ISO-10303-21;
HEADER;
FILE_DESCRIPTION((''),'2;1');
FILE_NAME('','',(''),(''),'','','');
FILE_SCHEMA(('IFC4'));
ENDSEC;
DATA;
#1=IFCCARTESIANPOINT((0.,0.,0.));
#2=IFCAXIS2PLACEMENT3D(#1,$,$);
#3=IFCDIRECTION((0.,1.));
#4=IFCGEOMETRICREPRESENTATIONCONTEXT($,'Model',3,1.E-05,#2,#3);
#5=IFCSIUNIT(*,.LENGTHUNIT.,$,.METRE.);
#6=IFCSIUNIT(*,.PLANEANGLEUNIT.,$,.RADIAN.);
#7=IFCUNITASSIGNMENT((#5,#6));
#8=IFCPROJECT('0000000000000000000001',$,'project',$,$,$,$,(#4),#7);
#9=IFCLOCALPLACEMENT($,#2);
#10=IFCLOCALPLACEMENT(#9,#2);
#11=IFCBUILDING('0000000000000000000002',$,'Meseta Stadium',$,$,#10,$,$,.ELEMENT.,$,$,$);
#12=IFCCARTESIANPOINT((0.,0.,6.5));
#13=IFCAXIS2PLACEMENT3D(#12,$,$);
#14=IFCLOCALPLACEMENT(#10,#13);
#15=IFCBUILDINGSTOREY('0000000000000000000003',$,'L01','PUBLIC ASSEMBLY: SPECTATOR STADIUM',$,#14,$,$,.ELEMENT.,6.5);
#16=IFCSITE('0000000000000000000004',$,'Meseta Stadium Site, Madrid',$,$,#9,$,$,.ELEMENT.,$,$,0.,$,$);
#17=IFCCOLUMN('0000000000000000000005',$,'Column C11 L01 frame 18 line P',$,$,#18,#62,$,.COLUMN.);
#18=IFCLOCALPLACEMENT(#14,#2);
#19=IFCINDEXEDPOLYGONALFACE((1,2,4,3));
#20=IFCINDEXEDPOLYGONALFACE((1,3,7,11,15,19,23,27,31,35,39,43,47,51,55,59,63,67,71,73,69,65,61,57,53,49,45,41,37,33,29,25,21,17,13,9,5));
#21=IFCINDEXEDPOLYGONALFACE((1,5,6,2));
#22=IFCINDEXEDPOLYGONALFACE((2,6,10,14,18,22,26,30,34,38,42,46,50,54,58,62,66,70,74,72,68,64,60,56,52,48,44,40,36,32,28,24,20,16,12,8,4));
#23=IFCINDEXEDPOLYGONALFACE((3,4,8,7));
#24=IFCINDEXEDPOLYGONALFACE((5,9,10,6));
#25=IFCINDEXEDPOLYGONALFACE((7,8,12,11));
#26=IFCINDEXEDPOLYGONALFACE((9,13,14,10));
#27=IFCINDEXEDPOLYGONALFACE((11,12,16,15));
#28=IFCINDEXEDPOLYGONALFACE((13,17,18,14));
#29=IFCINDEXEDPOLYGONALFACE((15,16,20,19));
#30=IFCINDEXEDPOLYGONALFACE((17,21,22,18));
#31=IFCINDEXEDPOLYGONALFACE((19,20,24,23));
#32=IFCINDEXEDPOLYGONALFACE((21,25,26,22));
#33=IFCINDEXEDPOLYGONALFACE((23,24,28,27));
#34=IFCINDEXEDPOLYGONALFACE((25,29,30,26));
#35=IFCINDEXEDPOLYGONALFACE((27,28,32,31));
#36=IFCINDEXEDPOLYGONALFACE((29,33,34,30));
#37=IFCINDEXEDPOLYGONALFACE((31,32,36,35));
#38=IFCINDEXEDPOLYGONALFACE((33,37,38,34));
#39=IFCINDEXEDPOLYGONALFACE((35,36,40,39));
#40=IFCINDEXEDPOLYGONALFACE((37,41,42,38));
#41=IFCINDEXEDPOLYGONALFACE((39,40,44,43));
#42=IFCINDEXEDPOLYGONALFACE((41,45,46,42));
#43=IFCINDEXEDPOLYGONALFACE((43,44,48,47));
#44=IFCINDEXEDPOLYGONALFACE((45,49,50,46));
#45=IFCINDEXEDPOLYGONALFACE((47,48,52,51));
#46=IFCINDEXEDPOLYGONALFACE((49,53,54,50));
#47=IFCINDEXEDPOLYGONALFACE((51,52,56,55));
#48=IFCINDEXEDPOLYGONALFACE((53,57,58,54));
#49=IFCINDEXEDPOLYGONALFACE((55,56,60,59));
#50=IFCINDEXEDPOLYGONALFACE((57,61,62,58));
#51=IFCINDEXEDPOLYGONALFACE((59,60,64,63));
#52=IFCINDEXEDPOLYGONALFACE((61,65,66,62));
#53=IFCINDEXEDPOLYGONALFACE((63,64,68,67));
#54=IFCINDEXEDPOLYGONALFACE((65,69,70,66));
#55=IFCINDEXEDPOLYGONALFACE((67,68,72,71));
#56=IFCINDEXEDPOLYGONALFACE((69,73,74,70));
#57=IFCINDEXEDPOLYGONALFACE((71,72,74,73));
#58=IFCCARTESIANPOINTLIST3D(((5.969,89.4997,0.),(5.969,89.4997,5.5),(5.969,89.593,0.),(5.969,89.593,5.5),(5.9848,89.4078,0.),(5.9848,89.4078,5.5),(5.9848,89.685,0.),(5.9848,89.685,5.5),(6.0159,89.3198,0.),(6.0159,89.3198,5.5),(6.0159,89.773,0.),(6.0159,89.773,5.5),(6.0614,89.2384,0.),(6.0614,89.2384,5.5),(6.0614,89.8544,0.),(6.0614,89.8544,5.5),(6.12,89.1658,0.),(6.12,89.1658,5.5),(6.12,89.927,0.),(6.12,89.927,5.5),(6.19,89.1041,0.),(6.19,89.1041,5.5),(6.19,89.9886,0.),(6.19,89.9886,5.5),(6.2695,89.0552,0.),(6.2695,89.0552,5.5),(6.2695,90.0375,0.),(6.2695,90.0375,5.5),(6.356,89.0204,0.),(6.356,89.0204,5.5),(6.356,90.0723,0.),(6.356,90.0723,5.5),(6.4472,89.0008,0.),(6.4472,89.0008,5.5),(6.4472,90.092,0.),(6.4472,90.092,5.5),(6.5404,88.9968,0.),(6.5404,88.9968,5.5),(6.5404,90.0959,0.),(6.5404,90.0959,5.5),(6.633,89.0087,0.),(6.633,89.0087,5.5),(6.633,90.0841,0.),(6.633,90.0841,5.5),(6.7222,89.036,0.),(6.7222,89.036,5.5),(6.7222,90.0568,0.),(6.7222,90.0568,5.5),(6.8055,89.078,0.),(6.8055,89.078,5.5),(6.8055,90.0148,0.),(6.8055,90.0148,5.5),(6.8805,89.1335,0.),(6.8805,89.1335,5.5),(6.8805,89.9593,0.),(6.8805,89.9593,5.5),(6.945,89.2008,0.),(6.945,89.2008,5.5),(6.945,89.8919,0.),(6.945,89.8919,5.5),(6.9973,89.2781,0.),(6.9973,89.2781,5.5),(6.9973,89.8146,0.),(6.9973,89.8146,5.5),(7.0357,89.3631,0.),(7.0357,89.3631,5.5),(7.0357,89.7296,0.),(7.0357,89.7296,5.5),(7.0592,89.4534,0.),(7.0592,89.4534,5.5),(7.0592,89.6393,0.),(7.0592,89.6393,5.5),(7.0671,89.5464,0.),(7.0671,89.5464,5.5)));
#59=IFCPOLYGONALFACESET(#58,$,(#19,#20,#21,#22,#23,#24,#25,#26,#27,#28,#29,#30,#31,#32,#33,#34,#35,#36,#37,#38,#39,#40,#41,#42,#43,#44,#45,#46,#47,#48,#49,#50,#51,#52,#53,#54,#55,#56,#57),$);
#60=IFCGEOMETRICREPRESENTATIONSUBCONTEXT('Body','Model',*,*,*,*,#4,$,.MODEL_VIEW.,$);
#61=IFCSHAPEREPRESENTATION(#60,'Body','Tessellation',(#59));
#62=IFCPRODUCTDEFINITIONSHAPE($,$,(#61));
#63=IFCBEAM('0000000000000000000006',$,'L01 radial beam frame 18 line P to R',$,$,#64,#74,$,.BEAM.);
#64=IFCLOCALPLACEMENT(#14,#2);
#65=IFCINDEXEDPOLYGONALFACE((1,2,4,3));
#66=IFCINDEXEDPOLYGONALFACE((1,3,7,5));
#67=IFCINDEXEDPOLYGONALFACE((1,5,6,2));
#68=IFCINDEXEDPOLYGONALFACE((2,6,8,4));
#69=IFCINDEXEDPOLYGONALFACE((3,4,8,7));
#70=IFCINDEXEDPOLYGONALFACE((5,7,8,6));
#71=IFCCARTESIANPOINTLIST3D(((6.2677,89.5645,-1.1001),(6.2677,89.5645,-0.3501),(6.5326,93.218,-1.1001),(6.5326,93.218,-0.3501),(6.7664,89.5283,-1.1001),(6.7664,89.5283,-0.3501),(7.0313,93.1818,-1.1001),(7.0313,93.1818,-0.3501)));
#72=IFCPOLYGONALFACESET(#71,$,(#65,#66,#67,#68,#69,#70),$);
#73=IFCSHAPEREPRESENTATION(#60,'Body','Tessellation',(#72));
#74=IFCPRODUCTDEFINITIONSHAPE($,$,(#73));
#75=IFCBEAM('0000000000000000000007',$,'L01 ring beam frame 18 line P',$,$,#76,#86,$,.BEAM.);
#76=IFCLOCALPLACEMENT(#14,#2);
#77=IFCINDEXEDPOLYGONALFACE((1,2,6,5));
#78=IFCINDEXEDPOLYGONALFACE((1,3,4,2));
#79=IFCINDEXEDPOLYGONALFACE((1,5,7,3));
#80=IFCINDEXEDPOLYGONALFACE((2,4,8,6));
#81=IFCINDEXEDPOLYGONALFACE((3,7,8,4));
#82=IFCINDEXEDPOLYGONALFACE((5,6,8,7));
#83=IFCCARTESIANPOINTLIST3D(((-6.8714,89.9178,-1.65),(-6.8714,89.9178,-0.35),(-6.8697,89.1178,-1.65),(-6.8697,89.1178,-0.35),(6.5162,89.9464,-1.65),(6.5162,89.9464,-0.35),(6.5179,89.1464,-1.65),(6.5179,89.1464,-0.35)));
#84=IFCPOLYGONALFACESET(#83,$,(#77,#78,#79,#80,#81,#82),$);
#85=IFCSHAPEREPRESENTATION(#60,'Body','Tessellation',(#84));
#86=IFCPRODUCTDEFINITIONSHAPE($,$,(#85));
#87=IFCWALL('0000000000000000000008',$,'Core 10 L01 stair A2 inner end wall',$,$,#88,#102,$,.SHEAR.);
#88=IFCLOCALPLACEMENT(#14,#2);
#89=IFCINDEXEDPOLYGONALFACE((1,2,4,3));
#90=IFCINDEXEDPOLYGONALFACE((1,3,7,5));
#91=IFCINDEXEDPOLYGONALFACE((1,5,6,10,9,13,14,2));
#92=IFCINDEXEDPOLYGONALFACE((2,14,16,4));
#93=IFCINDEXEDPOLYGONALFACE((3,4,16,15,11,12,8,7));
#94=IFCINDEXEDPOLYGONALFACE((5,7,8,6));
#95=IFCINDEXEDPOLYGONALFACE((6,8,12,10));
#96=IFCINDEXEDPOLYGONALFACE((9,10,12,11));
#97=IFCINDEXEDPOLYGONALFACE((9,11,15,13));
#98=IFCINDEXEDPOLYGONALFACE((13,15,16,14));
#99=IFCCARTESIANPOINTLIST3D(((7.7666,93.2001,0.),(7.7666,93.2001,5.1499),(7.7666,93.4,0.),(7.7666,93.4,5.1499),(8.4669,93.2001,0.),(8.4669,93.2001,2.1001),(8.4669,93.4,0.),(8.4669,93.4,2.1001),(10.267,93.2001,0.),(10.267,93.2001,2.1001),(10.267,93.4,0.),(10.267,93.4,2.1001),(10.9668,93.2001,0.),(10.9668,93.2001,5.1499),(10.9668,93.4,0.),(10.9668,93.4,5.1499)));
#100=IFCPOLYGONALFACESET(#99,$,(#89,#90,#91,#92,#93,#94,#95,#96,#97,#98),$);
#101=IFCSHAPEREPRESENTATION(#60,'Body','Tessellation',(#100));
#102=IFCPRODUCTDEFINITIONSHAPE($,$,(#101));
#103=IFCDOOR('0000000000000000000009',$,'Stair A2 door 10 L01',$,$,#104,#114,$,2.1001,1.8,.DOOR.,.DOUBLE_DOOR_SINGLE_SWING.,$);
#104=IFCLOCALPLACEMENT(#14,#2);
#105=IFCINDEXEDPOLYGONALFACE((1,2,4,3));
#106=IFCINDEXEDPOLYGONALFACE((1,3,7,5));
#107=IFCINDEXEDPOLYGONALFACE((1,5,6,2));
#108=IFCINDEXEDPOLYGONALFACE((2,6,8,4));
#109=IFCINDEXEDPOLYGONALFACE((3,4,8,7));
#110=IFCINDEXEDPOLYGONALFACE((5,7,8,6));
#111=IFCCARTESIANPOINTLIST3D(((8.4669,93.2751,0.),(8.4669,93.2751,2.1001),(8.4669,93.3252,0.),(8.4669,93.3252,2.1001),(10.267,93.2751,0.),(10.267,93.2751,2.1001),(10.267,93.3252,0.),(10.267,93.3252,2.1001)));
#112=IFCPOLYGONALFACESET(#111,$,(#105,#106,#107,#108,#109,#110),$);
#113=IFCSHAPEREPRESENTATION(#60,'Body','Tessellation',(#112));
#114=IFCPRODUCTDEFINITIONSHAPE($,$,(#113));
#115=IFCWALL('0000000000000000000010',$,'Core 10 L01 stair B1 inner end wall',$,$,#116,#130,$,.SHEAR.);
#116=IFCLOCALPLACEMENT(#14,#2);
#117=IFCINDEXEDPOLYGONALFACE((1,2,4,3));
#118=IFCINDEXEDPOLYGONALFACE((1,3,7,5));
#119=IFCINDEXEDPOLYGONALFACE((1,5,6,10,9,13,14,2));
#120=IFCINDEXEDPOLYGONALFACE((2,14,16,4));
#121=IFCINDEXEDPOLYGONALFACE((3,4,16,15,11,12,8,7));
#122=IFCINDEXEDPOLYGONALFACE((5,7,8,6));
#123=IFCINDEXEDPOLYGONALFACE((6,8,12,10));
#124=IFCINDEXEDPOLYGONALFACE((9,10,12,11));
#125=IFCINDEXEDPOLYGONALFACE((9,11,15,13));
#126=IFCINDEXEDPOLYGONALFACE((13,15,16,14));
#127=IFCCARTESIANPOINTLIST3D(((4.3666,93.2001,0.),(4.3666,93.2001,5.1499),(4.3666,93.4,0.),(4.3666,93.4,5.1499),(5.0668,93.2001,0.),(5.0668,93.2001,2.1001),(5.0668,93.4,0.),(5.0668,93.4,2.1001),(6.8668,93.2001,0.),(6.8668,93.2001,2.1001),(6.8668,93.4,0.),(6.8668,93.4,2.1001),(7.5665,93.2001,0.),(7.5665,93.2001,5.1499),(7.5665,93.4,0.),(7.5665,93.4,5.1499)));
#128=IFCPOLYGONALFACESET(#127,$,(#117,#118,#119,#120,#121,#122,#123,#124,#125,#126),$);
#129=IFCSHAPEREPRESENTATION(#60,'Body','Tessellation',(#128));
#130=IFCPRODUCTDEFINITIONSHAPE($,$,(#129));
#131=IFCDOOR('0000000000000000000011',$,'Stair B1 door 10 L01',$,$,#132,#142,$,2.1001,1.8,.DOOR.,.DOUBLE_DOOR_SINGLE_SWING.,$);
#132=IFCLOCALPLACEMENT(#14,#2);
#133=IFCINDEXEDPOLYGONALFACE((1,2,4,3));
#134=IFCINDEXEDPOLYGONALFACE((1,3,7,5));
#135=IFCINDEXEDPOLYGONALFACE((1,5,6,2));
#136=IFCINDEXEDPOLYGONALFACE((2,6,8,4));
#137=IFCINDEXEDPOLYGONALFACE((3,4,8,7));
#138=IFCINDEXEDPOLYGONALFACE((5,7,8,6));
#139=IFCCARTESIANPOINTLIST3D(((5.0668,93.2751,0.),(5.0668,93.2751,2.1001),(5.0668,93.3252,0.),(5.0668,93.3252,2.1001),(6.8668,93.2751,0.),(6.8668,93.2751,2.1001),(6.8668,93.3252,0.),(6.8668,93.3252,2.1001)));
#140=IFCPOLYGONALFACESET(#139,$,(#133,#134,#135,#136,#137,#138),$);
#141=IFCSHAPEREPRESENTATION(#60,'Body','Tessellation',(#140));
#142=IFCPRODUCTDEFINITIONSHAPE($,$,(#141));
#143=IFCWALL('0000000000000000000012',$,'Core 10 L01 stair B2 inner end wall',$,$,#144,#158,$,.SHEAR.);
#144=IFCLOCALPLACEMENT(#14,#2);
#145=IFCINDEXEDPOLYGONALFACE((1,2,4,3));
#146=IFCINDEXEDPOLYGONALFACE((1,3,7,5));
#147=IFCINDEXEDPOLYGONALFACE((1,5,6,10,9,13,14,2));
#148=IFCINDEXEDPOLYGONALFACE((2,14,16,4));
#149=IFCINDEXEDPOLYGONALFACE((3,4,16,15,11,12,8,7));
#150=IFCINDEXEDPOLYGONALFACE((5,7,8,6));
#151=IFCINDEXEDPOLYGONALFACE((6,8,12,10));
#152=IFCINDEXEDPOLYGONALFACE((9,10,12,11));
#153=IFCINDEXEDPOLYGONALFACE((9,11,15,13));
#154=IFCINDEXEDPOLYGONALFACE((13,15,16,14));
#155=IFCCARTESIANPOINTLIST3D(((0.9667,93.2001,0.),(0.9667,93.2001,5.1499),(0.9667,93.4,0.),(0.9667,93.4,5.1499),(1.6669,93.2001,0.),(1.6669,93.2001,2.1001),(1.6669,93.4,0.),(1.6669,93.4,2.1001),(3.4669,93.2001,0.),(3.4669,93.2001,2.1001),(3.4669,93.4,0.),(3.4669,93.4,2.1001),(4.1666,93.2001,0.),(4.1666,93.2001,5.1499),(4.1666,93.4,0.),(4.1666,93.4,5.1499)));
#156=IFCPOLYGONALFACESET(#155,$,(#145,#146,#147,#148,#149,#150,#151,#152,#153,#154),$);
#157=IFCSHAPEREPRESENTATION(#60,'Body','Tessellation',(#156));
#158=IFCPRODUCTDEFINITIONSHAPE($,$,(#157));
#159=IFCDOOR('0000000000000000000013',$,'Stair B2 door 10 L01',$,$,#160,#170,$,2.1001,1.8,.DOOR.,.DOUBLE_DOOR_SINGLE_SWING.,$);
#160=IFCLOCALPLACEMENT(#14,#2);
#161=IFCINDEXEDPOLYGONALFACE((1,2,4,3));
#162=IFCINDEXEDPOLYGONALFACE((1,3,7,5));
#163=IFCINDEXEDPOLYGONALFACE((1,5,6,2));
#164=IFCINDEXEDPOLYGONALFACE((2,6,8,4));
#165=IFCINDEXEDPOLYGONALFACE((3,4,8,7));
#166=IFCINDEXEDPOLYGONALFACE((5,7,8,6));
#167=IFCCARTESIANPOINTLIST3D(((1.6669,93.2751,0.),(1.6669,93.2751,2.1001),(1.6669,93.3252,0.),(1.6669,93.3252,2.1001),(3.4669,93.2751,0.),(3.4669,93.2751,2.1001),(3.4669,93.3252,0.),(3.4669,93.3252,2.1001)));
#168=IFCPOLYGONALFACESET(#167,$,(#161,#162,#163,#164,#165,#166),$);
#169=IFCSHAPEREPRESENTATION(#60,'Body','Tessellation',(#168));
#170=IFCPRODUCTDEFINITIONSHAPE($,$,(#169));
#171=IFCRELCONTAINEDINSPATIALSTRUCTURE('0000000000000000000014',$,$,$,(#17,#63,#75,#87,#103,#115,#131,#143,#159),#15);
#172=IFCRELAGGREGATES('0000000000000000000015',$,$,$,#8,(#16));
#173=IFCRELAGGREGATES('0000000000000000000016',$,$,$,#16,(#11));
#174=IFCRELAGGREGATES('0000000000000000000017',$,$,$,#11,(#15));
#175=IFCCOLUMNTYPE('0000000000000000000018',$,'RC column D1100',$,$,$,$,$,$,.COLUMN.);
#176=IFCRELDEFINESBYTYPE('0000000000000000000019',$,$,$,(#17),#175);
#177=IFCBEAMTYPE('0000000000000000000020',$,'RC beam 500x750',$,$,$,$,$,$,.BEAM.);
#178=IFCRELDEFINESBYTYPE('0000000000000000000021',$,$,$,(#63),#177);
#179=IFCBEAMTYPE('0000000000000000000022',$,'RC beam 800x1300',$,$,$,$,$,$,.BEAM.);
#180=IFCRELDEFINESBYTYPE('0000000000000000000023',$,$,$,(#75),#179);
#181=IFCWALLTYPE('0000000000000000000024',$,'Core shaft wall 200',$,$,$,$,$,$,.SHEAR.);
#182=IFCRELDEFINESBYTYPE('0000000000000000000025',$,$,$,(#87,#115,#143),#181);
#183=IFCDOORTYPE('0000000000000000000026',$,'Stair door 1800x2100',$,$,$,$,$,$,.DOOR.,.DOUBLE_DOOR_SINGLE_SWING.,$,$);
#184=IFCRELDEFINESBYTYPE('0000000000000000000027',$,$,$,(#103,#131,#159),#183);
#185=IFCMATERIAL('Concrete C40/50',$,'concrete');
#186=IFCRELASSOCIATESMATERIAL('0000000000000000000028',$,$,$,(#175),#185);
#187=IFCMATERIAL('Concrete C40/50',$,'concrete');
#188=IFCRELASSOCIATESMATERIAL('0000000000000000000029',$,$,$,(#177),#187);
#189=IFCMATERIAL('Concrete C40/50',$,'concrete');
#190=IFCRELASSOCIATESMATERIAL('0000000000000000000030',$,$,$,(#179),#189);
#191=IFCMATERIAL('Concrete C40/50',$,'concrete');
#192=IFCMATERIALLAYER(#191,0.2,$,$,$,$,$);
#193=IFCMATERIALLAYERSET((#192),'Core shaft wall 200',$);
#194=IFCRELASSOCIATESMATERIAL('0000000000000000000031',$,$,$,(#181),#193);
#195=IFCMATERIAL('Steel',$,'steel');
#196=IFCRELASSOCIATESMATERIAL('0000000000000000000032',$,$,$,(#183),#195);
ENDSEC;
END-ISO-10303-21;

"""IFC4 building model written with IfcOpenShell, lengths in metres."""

from ifc_helpers import new_model, si_unit, direction, frame, frame_2d, origin, origin_2d, place, context, subcontext, project, spatial, rectangle, circle, extrude, material, layer, layer_set, material_profile, profile_set, type_object, element, fill, save


model = new_model("IFC4")

# Units and contexts
model_context = context("Model", 3, precision=1e-05, world=origin(), true_north=direction((0.0, 1.0)))
body_context = subcontext(model_context, "Body", "Model", "MODEL_VIEW")
ifc_project = project(units=[si_unit("LENGTHUNIT", "METRE"), si_unit("PLANEANGLEUNIT", "RADIAN")], contexts=[model_context])

# Site, building, storey
site_placement = place(None, origin())
site = spatial("IfcSite", under=ifc_project, at=site_placement, Name="Meseta Stadium Site, Madrid", CompositionType="ELEMENT", RefElevation=0.0)
building_placement = place(site_placement, origin())
building = spatial("IfcBuilding", under=site, at=building_placement, Name="Meseta Stadium", CompositionType="ELEMENT")
storey_placement = place(building_placement, frame((0.0, 0.0, 6.5)))
storey = spatial("IfcBuildingStorey", under=building, at=storey_placement, Name="L01", Description="PUBLIC ASSEMBLY: SPECTATOR STADIUM", CompositionType="ELEMENT", Elevation=6.5)

# Column
ifc_material_1 = material(Name="Concrete C40/50", Category="concrete")
ifc_material_profile_1 = material_profile(ifc_material_1, circle(Radius=0.55, at=origin_2d()), Name="RC D1100")
ifc_profile_set_1 = profile_set([ifc_material_profile_1], Name="Concrete C40/50")
column_type = type_object("IfcColumnType", Name="RC column D1100", PredefinedType="COLUMN", material=ifc_profile_set_1)
column_placement = place(storey_placement, frame((6.5171, 89.5464, 0.0), z_axis=(0.0, 0.0, 1.0), x_axis=(1.0, 0.0, 0.0)))
element("IfcColumn", 1, at=column_placement, inside=storey, type_object=column_type, Name="Column C11 L01 frame 18 line P", PredefinedType="COLUMN", context=body_context, shape_type="SweptSolid", body=[
    extrude(circle(Radius=0.55, at=origin_2d()), origin(), (0.0, 0.0, 1.0), 5.5),
])

# Beams
ifc_material_2 = material(Name="Concrete C40/50", Category="concrete")
ifc_material_profile_2 = material_profile(ifc_material_2, rectangle(XDim=0.5, YDim=0.75, at=origin_2d()), Name="RC 500x750")
ifc_profile_set_2 = profile_set([ifc_material_profile_2], Name="Concrete C40/50")
beam_type_1 = type_object("IfcBeamType", Name="RC beam 500x750", PredefinedType="BEAM", material=ifc_profile_set_2)
beam_1_placement = place(storey_placement, frame((6.5171, 89.5464, -0.7251), z_axis=(0.072313, 0.997382, 0.0), x_axis=(-0.997382, 0.072313, 0.0)))
element("IfcBeam", 2, at=beam_1_placement, inside=storey, type_object=beam_type_1, Name="L01 radial beam frame 18 line P to R", PredefinedType="BEAM", context=body_context, shape_type="SweptSolid", body=[
    extrude(rectangle(XDim=0.5, YDim=0.75, at=origin_2d()), origin(), (0.0, 0.0, 1.0), 3.6631),
])
ifc_material_3 = material(Name="Concrete C40/50", Category="concrete")
ifc_material_profile_3 = material_profile(ifc_material_3, rectangle(XDim=0.8, YDim=1.3, at=origin_2d()), Name="RC 800x1300")
ifc_profile_set_3 = profile_set([ifc_material_profile_3], Name="Concrete C40/50")
beam_type_2 = type_object("IfcBeamType", Name="RC beam 800x1300", PredefinedType="BEAM", material=ifc_profile_set_3)
beam_2_placement = place(storey_placement, frame((6.5171, 89.5464, -1.0), z_axis=(-0.999998, -0.002134, 0.0), x_axis=(0.002134, -0.999998, 0.0)))
element("IfcBeam", 3, at=beam_2_placement, inside=storey, type_object=beam_type_2, Name="L01 ring beam frame 18 line P", PredefinedType="BEAM", context=body_context, shape_type="SweptSolid", body=[
    extrude(rectangle(XDim=0.8, YDim=1.3, at=origin_2d()), origin(), (0.0, 0.0, 1.0), 13.3877),
])

# Walls, openings, doors
ifc_material_4 = material(Name="Concrete C40/50", Category="concrete")
ifc_layer_1 = layer(ifc_material_4, 0.2)
ifc_layer_set_1 = layer_set([ifc_layer_1], Name="Core shaft wall 200")
wall_type_1 = type_object("IfcWallType", Name="Core shaft wall 200", PredefinedType="SHEAR", material=ifc_layer_set_1)
wall_1_placement = place(storey_placement, frame((10.9668, 93.3, 0.0), z_axis=(0.0, 0.0, 1.0), x_axis=(-1.0, 0.0, 0.0)))
wall_1 = element("IfcWall", 4, at=wall_1_placement, inside=storey, type_object=wall_type_1, Name="Core 10 L01 stair A2 inner end wall", PredefinedType="SHEAR", context=body_context, shape_type="SweptSolid", body=[
    extrude(rectangle(XDim=3.2002, YDim=0.2, at=frame_2d((1.6001, 0.0))), origin(), (0.0, 0.0, 1.0), 5.1499),
])
opening_1_placement = place(wall_1_placement, frame((0.7, 0.0, 0.0)))
opening_1 = element("IfcOpeningElement", 5, at=opening_1_placement, cuts=wall_1, PredefinedType="OPENING", context=body_context, shape_type="SweptSolid", body=[
    extrude(rectangle(XDim=1.8, YDim=2.1001, at=frame_2d((0.8999, 1.05))), frame((0.0, 0.1099, 0.0), z_axis=(0.0, -1.0, 0.0), x_axis=(1.0, 0.0, 0.0)), (0.0, 0.0, 1.0), 0.22),
])
ifc_material_5 = material(Name="Steel", Category="steel")
door_type_1 = type_object("IfcDoorType", Name="Stair door 1800x2100", OperationType="DOUBLE_DOOR_SINGLE_SWING", PredefinedType="DOOR", material=ifc_material_5)
door_1_placement = place(opening_1_placement, origin())
door_1 = element("IfcDoor", 6, at=door_1_placement, inside=storey, type_object=door_type_1, Name="Stair A2 door 10 L01", OperationType="DOUBLE_DOOR_SINGLE_SWING", OverallHeight=2.1001, OverallWidth=1.8, PredefinedType="DOOR", context=body_context, shape_type="SweptSolid", body=[
    extrude(rectangle(XDim=1.8, YDim=2.1001, at=frame_2d((0.8999, 1.05))), frame((0.0, 0.0249, 0.0), z_axis=(0.0, -1.0, 0.0), x_axis=(1.0, 0.0, 0.0)), (0.0, 0.0, 1.0), 0.05),
])
fill(opening_1, door_1)
wall_2_placement = place(storey_placement, frame((7.5667, 93.3, 0.0), z_axis=(0.0, 0.0, 1.0), x_axis=(-1.0, 0.0, 0.0)))
wall_2 = element("IfcWall", 7, at=wall_2_placement, inside=storey, type_object=wall_type_1, Name="Core 10 L01 stair B1 inner end wall", PredefinedType="SHEAR", context=body_context, shape_type="SweptSolid", body=[
    extrude(rectangle(XDim=3.2, YDim=0.2, at=frame_2d((1.6001, 0.0))), origin(), (0.0, 0.0, 1.0), 5.1499),
])
opening_2_placement = place(wall_2_placement, frame((0.7, 0.0, 0.0)))
opening_2 = element("IfcOpeningElement", 8, at=opening_2_placement, cuts=wall_2, PredefinedType="OPENING", context=body_context, shape_type="SweptSolid", body=[
    extrude(rectangle(XDim=1.8, YDim=2.1001, at=frame_2d((0.8999, 1.05))), frame((0.0, 0.1099, 0.0), z_axis=(0.0, -1.0, 0.0), x_axis=(1.0, 0.0, 0.0)), (0.0, 0.0, 1.0), 0.22),
])
door_2_placement = place(opening_2_placement, origin())
door_2 = element("IfcDoor", 9, at=door_2_placement, inside=storey, type_object=door_type_1, Name="Stair B1 door 10 L01", OperationType="DOUBLE_DOOR_SINGLE_SWING", OverallHeight=2.1001, OverallWidth=1.8, PredefinedType="DOOR", context=body_context, shape_type="SweptSolid", body=[
    extrude(rectangle(XDim=1.8, YDim=2.1001, at=frame_2d((0.8999, 1.05))), frame((0.0, 0.0249, 0.0), z_axis=(0.0, -1.0, 0.0), x_axis=(1.0, 0.0, 0.0)), (0.0, 0.0, 1.0), 0.05),
])
fill(opening_2, door_2)
wall_3_placement = place(storey_placement, frame((4.1667, 93.3, 0.0), z_axis=(0.0, 0.0, 1.0), x_axis=(-1.0, 0.0, 0.0)))
wall_3 = element("IfcWall", 10, at=wall_3_placement, inside=storey, type_object=wall_type_1, Name="Core 10 L01 stair B2 inner end wall", PredefinedType="SHEAR", context=body_context, shape_type="SweptSolid", body=[
    extrude(rectangle(XDim=3.2, YDim=0.2, at=frame_2d((1.6001, 0.0))), origin(), (0.0, 0.0, 1.0), 5.1499),
])
opening_3_placement = place(wall_3_placement, frame((0.7, 0.0, 0.0)))
opening_3 = element("IfcOpeningElement", 11, at=opening_3_placement, cuts=wall_3, PredefinedType="OPENING", context=body_context, shape_type="SweptSolid", body=[
    extrude(rectangle(XDim=1.8, YDim=2.1001, at=frame_2d((0.8999, 1.05))), frame((0.0, 0.1099, 0.0), z_axis=(0.0, -1.0, 0.0), x_axis=(1.0, 0.0, 0.0)), (0.0, 0.0, 1.0), 0.22),
])
door_3_placement = place(opening_3_placement, origin())
door_3 = element("IfcDoor", 12, at=door_3_placement, inside=storey, type_object=door_type_1, Name="Stair B2 door 10 L01", OperationType="DOUBLE_DOOR_SINGLE_SWING", OverallHeight=2.1001, OverallWidth=1.8, PredefinedType="DOOR", context=body_context, shape_type="SweptSolid", body=[
    extrude(rectangle(XDim=1.8, YDim=2.1001, at=frame_2d((0.8999, 1.05))), frame((0.0, 0.0249, 0.0), z_axis=(0.0, -1.0, 0.0), x_axis=(1.0, 0.0, 0.0)), (0.0, 0.0, 1.0), 0.05),
])
fill(opening_3, door_3)

save(model, "model.ifc")
